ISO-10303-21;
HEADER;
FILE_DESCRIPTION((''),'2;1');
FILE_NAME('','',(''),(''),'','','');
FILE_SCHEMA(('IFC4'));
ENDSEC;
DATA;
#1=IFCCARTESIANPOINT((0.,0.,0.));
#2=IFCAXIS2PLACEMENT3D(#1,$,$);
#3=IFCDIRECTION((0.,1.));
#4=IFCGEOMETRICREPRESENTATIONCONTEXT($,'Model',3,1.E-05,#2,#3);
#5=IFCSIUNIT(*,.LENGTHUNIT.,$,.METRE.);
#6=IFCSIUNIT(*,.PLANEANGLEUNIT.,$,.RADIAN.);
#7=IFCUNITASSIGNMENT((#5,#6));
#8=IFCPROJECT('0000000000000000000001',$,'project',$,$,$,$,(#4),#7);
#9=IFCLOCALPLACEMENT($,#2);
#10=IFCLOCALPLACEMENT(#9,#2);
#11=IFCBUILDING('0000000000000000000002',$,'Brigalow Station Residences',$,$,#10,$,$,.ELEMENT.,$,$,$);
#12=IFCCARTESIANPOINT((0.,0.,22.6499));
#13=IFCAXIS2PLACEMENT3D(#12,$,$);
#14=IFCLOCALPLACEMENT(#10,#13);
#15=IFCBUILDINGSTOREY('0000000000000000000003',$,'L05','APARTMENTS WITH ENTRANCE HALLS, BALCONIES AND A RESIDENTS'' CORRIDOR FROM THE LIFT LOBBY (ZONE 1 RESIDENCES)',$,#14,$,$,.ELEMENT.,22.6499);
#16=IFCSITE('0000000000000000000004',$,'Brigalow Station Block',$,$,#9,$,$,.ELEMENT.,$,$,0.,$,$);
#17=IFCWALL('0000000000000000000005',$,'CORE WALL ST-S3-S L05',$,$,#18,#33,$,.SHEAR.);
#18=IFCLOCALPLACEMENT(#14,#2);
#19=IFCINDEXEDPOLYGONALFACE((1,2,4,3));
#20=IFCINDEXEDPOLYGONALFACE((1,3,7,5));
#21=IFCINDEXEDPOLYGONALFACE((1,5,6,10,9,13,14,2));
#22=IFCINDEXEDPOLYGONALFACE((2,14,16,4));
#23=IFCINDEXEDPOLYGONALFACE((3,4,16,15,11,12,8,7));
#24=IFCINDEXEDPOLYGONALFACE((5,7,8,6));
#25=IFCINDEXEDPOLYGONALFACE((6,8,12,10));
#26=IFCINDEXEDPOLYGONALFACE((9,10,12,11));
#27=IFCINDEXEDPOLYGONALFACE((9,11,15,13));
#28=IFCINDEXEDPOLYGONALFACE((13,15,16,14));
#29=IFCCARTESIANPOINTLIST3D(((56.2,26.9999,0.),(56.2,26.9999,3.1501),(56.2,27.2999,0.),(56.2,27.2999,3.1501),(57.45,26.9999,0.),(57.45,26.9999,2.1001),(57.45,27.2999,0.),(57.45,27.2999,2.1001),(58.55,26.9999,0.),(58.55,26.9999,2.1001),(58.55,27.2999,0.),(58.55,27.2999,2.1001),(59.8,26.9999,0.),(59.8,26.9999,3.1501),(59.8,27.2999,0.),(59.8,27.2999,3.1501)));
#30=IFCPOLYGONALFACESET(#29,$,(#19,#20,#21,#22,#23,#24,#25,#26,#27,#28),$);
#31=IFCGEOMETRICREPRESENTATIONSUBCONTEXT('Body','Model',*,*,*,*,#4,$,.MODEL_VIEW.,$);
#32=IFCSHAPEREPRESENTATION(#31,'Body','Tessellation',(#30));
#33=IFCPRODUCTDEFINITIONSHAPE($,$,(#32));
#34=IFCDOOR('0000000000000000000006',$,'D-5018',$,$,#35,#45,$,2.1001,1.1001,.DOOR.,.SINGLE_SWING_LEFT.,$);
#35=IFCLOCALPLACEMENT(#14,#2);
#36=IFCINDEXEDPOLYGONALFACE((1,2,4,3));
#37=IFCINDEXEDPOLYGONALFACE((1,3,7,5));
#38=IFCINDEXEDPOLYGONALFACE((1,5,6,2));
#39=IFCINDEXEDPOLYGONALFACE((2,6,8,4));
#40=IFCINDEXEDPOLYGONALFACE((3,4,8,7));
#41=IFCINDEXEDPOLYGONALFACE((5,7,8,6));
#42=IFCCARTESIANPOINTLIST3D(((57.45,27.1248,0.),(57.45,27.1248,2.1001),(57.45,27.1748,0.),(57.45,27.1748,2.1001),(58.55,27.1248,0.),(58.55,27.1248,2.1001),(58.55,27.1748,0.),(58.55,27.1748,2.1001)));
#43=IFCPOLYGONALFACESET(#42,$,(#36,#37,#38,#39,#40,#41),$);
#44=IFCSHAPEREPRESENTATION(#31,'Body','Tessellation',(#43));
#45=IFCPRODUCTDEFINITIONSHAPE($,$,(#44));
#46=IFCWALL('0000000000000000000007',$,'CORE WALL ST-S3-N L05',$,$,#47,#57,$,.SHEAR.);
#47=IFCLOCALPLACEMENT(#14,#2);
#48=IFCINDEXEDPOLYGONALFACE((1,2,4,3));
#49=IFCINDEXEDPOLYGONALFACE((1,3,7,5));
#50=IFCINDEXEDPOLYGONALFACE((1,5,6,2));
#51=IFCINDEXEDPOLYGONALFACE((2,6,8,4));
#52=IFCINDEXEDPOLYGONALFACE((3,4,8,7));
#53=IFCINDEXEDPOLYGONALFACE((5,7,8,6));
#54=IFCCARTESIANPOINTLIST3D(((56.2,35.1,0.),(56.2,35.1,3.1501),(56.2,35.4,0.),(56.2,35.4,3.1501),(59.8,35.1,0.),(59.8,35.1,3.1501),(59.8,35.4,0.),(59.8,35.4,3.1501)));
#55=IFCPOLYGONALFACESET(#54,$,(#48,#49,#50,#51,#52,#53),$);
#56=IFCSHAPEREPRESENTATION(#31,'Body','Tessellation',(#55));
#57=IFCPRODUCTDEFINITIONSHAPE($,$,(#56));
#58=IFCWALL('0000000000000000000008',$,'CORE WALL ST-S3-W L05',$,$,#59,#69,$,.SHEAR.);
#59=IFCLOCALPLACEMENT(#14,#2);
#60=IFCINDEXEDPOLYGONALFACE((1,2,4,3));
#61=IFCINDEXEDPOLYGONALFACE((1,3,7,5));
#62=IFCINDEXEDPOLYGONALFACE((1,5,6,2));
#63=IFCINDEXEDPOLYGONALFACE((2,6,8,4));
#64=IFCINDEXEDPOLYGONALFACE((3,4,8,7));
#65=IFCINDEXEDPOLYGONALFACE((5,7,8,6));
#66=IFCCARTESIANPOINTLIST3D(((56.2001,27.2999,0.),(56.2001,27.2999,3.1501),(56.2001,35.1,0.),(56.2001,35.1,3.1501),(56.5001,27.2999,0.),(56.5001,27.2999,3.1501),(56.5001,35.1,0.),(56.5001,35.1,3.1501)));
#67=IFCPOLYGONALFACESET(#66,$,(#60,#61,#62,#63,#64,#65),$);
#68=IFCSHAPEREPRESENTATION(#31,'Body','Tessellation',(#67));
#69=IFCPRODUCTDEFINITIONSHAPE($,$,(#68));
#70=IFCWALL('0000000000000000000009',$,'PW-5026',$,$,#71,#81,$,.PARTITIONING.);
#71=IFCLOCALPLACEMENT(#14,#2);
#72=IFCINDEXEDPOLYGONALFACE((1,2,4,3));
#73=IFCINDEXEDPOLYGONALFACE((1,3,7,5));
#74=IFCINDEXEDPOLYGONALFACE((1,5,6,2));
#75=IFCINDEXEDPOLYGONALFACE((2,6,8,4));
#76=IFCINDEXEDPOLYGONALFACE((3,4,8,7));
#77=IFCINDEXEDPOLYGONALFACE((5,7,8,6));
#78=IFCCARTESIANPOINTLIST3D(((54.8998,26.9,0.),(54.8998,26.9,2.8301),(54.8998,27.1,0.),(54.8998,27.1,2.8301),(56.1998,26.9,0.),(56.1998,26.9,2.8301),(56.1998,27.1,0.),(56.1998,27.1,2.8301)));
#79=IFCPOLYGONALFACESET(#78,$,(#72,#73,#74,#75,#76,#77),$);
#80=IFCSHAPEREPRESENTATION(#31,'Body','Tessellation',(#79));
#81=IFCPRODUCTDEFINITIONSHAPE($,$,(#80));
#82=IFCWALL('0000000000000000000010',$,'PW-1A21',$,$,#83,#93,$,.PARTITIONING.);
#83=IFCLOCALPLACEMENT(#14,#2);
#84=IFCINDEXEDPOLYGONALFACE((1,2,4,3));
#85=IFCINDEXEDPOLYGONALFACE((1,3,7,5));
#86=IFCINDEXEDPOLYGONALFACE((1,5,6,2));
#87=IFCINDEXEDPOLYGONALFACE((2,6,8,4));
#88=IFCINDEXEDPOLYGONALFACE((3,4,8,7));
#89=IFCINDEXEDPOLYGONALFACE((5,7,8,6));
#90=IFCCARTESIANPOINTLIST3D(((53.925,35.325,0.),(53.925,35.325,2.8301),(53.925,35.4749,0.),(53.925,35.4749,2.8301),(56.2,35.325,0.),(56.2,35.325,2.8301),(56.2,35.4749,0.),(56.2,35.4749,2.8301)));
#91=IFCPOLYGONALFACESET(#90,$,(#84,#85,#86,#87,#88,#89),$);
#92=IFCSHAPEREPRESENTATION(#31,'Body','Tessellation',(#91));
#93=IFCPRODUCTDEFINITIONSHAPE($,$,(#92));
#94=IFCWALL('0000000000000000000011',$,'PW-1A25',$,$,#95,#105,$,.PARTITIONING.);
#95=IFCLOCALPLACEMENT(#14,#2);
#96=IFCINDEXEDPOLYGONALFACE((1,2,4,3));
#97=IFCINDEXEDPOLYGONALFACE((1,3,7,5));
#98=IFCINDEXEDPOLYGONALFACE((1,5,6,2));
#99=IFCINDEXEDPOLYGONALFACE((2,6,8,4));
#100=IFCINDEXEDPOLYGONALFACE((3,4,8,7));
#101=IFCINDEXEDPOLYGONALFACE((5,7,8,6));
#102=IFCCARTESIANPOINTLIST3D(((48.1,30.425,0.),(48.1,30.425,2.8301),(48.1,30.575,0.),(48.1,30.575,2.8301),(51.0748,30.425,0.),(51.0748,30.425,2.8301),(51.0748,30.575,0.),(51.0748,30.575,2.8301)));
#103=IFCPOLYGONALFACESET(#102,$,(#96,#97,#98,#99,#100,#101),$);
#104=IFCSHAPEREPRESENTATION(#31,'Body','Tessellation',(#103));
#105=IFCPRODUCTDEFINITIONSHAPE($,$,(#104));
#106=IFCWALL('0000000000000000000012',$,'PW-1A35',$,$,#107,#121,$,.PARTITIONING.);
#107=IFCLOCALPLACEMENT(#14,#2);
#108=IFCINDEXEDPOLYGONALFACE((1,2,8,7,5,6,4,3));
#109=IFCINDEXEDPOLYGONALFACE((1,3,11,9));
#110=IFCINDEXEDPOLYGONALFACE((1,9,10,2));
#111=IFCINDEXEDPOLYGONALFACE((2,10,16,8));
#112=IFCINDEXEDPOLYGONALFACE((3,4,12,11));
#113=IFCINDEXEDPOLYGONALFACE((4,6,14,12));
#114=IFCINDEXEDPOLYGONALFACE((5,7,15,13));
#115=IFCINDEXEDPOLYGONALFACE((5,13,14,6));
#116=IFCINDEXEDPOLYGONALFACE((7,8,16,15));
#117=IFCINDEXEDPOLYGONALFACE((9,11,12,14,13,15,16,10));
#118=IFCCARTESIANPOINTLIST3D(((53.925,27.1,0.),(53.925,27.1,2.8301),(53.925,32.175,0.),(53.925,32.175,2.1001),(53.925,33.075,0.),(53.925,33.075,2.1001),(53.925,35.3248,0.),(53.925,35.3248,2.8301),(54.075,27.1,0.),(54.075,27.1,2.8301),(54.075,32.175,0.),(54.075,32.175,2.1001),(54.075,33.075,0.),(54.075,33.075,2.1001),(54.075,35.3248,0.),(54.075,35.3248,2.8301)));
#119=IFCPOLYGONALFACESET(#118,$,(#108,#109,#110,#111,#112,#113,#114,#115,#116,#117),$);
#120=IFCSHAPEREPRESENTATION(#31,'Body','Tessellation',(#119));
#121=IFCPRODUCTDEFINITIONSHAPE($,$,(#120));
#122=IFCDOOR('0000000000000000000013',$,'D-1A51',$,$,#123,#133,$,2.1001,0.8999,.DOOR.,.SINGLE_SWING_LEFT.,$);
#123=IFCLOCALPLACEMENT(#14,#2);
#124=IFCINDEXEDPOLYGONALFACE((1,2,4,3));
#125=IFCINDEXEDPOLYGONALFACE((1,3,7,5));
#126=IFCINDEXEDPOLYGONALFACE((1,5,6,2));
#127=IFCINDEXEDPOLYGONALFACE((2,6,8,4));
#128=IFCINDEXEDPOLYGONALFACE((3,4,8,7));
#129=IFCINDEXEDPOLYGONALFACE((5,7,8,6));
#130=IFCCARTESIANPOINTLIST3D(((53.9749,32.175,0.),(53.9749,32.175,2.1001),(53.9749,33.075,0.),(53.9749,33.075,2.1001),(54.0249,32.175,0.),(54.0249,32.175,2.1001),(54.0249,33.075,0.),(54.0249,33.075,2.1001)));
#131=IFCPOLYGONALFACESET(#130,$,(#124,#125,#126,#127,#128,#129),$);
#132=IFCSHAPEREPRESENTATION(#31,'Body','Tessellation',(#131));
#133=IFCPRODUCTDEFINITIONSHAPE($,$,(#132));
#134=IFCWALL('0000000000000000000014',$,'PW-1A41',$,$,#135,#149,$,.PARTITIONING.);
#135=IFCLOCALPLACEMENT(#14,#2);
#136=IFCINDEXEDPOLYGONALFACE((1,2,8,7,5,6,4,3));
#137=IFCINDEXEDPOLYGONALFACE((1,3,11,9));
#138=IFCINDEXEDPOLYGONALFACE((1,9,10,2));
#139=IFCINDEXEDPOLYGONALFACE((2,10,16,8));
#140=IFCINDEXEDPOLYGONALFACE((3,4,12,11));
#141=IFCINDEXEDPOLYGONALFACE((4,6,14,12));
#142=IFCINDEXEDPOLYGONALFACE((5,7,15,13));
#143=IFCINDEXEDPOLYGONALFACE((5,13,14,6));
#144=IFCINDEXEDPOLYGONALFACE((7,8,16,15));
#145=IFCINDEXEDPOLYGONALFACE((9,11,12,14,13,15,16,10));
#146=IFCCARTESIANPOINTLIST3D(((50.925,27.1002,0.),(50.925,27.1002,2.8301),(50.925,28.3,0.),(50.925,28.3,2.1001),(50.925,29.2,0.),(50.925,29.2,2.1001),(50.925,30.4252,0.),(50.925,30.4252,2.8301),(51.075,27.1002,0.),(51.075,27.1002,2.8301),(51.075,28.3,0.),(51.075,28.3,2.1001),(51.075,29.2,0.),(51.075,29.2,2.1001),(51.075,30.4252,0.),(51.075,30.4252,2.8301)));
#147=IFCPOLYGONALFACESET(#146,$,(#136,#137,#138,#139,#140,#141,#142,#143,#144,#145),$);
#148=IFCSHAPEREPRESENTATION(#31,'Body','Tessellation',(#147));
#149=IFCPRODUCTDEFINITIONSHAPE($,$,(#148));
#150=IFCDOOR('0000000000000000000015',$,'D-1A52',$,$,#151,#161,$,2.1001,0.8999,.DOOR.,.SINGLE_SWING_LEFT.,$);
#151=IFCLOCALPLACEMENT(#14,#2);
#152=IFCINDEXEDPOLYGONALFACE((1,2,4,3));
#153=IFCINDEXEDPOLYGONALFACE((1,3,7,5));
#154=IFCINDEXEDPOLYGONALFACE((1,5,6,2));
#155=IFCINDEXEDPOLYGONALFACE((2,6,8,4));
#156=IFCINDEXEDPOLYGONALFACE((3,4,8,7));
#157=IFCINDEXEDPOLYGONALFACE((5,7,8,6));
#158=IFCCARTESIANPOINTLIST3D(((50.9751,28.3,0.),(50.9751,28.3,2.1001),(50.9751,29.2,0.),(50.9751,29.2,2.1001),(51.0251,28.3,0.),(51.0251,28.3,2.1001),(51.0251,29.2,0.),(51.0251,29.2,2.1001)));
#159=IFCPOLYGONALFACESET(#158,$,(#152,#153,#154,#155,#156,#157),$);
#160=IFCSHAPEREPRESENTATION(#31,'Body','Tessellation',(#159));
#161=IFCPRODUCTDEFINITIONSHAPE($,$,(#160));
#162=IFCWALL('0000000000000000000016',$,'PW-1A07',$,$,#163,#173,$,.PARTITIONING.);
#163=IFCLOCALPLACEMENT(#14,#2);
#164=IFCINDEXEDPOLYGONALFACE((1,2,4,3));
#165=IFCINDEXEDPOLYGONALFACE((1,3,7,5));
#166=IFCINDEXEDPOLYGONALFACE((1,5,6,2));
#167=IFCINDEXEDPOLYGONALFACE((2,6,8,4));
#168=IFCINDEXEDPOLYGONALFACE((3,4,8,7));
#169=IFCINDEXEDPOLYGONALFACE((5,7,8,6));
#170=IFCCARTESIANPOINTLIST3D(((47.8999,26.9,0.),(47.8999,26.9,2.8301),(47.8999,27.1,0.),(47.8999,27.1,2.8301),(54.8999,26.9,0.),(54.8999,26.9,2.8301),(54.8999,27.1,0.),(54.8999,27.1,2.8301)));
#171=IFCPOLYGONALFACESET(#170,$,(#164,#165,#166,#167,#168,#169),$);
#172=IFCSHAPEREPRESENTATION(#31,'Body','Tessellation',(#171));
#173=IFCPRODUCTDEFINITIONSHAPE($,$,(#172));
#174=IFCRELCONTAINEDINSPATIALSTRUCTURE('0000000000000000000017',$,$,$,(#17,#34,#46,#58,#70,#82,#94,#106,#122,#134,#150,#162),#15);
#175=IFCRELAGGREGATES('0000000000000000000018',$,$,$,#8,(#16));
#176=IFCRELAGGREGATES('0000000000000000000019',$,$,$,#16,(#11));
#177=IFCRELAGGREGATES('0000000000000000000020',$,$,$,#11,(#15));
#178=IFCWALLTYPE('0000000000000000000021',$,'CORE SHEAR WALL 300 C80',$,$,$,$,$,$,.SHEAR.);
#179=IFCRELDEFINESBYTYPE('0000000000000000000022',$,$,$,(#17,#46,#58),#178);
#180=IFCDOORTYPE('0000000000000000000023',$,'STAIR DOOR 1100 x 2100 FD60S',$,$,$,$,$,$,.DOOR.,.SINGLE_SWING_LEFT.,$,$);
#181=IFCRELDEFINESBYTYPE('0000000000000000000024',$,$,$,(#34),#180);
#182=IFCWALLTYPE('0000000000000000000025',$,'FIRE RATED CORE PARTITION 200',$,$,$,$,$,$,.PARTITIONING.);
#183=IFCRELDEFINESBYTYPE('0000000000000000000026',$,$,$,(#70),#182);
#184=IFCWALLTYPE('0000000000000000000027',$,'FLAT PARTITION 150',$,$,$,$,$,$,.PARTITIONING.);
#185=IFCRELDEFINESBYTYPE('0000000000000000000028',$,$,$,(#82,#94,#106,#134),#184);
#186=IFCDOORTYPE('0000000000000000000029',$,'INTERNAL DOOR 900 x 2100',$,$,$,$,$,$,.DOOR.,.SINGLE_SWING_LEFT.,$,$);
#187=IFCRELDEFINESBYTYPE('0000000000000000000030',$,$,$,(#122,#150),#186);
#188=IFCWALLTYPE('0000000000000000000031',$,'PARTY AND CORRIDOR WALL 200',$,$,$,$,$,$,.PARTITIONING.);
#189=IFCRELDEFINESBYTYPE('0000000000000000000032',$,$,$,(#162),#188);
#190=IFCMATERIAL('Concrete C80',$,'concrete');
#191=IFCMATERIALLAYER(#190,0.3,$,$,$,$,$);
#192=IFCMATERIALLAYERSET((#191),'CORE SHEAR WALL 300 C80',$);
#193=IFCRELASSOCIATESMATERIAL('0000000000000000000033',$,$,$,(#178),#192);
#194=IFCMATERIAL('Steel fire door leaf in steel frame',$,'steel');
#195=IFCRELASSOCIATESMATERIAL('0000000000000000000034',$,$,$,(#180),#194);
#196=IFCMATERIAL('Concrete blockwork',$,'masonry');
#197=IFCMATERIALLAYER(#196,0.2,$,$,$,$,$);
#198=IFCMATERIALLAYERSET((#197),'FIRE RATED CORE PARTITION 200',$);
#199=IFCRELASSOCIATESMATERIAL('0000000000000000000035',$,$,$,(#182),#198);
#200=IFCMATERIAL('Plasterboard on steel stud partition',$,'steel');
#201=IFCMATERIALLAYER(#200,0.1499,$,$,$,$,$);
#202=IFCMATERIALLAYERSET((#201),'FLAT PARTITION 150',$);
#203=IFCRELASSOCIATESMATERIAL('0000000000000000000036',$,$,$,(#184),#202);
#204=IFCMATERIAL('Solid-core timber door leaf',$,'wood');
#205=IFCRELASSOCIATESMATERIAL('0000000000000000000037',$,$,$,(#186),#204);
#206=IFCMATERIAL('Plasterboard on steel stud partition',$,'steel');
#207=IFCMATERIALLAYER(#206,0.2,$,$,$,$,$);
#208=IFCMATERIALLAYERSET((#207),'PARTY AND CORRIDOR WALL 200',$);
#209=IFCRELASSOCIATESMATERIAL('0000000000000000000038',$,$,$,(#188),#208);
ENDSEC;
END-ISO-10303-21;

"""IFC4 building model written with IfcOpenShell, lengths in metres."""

from ifc_helpers import new_model, si_unit, direction, frame, frame_2d, origin, place, context, subcontext, project, spatial, rectangle, extrude, material, layer, layer_set, type_object, element, fill, save


model = new_model("IFC4")

# Units and contexts
model_context = context("Model", 3, precision=1e-05, world=origin(), true_north=direction((0.0, 1.0)))
body_context = subcontext(model_context, "Body", "Model", "MODEL_VIEW")
ifc_project = project(units=[si_unit("LENGTHUNIT", "METRE"), si_unit("PLANEANGLEUNIT", "RADIAN")], contexts=[model_context])

# Site, building, storey
site_placement = place(None, origin())
site = spatial("IfcSite", under=ifc_project, at=site_placement, Name="Brigalow Station Block", CompositionType="ELEMENT", RefElevation=0.0)
building_placement = place(site_placement, origin())
building = spatial("IfcBuilding", under=site, at=building_placement, Name="Brigalow Station Residences", CompositionType="ELEMENT")
storey_placement = place(building_placement, frame((0.0, 0.0, 22.6499)))
storey = spatial("IfcBuildingStorey", under=building, at=storey_placement, Name="L05", Description="APARTMENTS WITH ENTRANCE HALLS, BALCONIES AND A RESIDENTS' CORRIDOR FROM THE LIFT LOBBY (ZONE 1 RESIDENCES)", CompositionType="ELEMENT", Elevation=22.6499)

# Wall, opening, door
ifc_material_1 = material(Name="Concrete C80", Category="concrete")
ifc_layer_1 = layer(ifc_material_1, 0.3)
ifc_layer_set_1 = layer_set([ifc_layer_1], Name="CORE SHEAR WALL 300 C80")
wall_type_1 = type_object("IfcWallType", Name="CORE SHEAR WALL 300 C80", PredefinedType="SHEAR", material=ifc_layer_set_1)
wall_1_placement = place(storey_placement, frame((56.2, 27.1499, 0.0), z_axis=(0.0, 0.0, 1.0), x_axis=(1.0, 0.0, 0.0)))
wall_1 = element("IfcWall", 1, at=wall_1_placement, inside=storey, type_object=wall_type_1, Name="CORE WALL ST-S3-S L05", PredefinedType="SHEAR", context=body_context, shape_type="SweptSolid", body=[
    extrude(rectangle(XDim=3.6001, YDim=0.3, at=frame_2d((1.8, 0.0))), origin(), (0.0, 0.0, 1.0), 3.1501),
])
opening_1_placement = place(wall_1_placement, frame((1.25, 0.0, 0.0)))
opening_1 = element("IfcOpeningElement", 2, at=opening_1_placement, cuts=wall_1, PredefinedType="OPENING", context=body_context, shape_type="SweptSolid", body=[
    extrude(rectangle(XDim=1.1001, YDim=2.1001, at=frame_2d((0.55, 1.05))), frame((0.0, 0.1602, 0.0), z_axis=(0.0, -1.0, 0.0), x_axis=(1.0, 0.0, 0.0)), (0.0, 0.0, 1.0), 0.3201),
])
ifc_material_2 = material(Name="Steel fire door leaf in steel frame", Category="steel")
door_type_1 = type_object("IfcDoorType", Name="STAIR DOOR 1100 x 2100 FD60S", OperationType="SINGLE_SWING_LEFT", PredefinedType="DOOR", material=ifc_material_2)
door_1_placement = place(opening_1_placement, origin())
door_1 = element("IfcDoor", 3, at=door_1_placement, inside=storey, type_object=door_type_1, Name="D-5018", OperationType="SINGLE_SWING_LEFT", OverallHeight=2.1001, OverallWidth=1.1001, PredefinedType="DOOR", context=body_context, shape_type="SweptSolid", body=[
    extrude(rectangle(XDim=1.1001, YDim=2.1001, at=frame_2d((0.55, 1.05))), frame((0.0, 0.0249, 0.0), z_axis=(0.0, -1.0, 0.0), x_axis=(1.0, 0.0, 0.0)), (0.0, 0.0, 1.0), 0.05),
])
fill(opening_1, door_1)

# Walls
wall_2_placement = place(storey_placement, frame((56.2, 35.25, 0.0), z_axis=(0.0, 0.0, 1.0), x_axis=(1.0, 0.0, 0.0)))
element("IfcWall", 4, at=wall_2_placement, inside=storey, type_object=wall_type_1, Name="CORE WALL ST-S3-N L05", PredefinedType="SHEAR", context=body_context, shape_type="SweptSolid", body=[
    extrude(rectangle(XDim=3.6001, YDim=0.3, at=frame_2d((1.8, 0.0))), origin(), (0.0, 0.0, 1.0), 3.1501),
])
wall_3_placement = place(storey_placement, frame((56.3501, 27.3, 0.0), z_axis=(0.0, 0.0, 1.0), x_axis=(0.0, 1.0, 0.0)))
element("IfcWall", 5, at=wall_3_placement, inside=storey, type_object=wall_type_1, Name="CORE WALL ST-S3-W L05", PredefinedType="SHEAR", context=body_context, shape_type="SweptSolid", body=[
    extrude(rectangle(XDim=7.8, YDim=0.3, at=frame_2d((3.8999, 0.0))), origin(), (0.0, 0.0, 1.0), 3.1501),
])
ifc_material_3 = material(Name="Concrete blockwork", Category="masonry")
ifc_layer_2 = layer(ifc_material_3, 0.2)
ifc_layer_set_2 = layer_set([ifc_layer_2], Name="FIRE RATED CORE PARTITION 200")
wall_type_2 = type_object("IfcWallType", Name="FIRE RATED CORE PARTITION 200", PredefinedType="PARTITIONING", material=ifc_layer_set_2)
wall_4_placement = place(storey_placement, frame((54.8999, 27.0, 0.0), z_axis=(0.0, 0.0, 1.0), x_axis=(1.0, 0.0, 0.0)))
element("IfcWall", 6, at=wall_4_placement, inside=storey, type_object=wall_type_2, Name="PW-5026", PredefinedType="PARTITIONING", context=body_context, shape_type="SweptSolid", body=[
    extrude(rectangle(XDim=1.3, YDim=0.2, at=frame_2d((0.6499, 0.0))), origin(), (0.0, 0.0, 1.0), 2.8301),
])
ifc_material_4 = material(Name="Plasterboard on steel stud partition", Category="steel")
ifc_layer_3 = layer(ifc_material_4, 0.1499)
ifc_layer_set_3 = layer_set([ifc_layer_3], Name="FLAT PARTITION 150")
wall_type_3 = type_object("IfcWallType", Name="FLAT PARTITION 150", PredefinedType="PARTITIONING", material=ifc_layer_set_3)
wall_5_placement = place(storey_placement, frame((53.925, 35.3999, 0.0), z_axis=(0.0, 0.0, 1.0), x_axis=(1.0, 0.0, 0.0)))
element("IfcWall", 7, at=wall_5_placement, inside=storey, type_object=wall_type_3, Name="PW-1A21", PredefinedType="PARTITIONING", context=body_context, shape_type="SweptSolid", body=[
    extrude(rectangle(XDim=2.2749, YDim=0.1499, at=frame_2d((1.1375, 0.0))), origin(), (0.0, 0.0, 1.0), 2.8301),
])
wall_6_placement = place(storey_placement, frame((48.1001, 30.5, 0.0), z_axis=(0.0, 0.0, 1.0), x_axis=(1.0, 0.0, 0.0)))
element("IfcWall", 8, at=wall_6_placement, inside=storey, type_object=wall_type_3, Name="PW-1A25", PredefinedType="PARTITIONING", context=body_context, shape_type="SweptSolid", body=[
    extrude(rectangle(XDim=2.9749, YDim=0.1499, at=frame_2d((1.4873, 0.0))), origin(), (0.0, 0.0, 1.0), 2.8301),
])

# Walls, openings, doors
wall_7_placement = place(storey_placement, frame((54.0, 27.1001, 0.0), z_axis=(0.0, 0.0, 1.0), x_axis=(0.0, 1.0, 0.0)))
wall_7 = element("IfcWall", 9, at=wall_7_placement, inside=storey, type_object=wall_type_3, Name="PW-1A35", PredefinedType="PARTITIONING", context=body_context, shape_type="SweptSolid", body=[
    extrude(rectangle(XDim=8.2249, YDim=0.1499, at=frame_2d((4.1123, 0.0))), origin(), (0.0, 0.0, 1.0), 2.8301),
])
opening_2_placement = place(wall_7_placement, frame((5.075, 0.0, 0.0)))
opening_2 = element("IfcOpeningElement", 10, at=opening_2_placement, cuts=wall_7, PredefinedType="OPENING", context=body_context, shape_type="SweptSolid", body=[
    extrude(rectangle(XDim=0.8999, YDim=2.1001, at=frame_2d((0.45, 1.05))), frame((0.0, 0.085, 0.0), z_axis=(0.0, -1.0, 0.0), x_axis=(1.0, 0.0, 0.0)), (0.0, 0.0, 1.0), 0.1699),
])
ifc_material_5 = material(Name="Solid-core timber door leaf", Category="wood")
door_type_2 = type_object("IfcDoorType", Name="INTERNAL DOOR 900 x 2100", OperationType="SINGLE_SWING_LEFT", PredefinedType="DOOR", material=ifc_material_5)
door_2_placement = place(opening_2_placement, frame((0.8999, 0.0, 0.0), z_axis=(0.0, 0.0, 1.0), x_axis=(-1.0, 0.0, 0.0)))
door_2 = element("IfcDoor", 11, at=door_2_placement, inside=storey, type_object=door_type_2, Name="D-1A51", OperationType="SINGLE_SWING_LEFT", OverallHeight=2.1001, OverallWidth=0.8999, PredefinedType="DOOR", context=body_context, shape_type="SweptSolid", body=[
    extrude(rectangle(XDim=0.8999, YDim=2.1001, at=frame_2d((0.45, 1.05))), frame((0.0, 0.0249, 0.0), z_axis=(0.0, -1.0, 0.0), x_axis=(1.0, 0.0, 0.0)), (0.0, 0.0, 1.0), 0.05),
])
fill(opening_2, door_2)
wall_8_placement = place(storey_placement, frame((51.0, 27.1001, 0.0), z_axis=(0.0, 0.0, 1.0), x_axis=(0.0, 1.0, 0.0)))
wall_8 = element("IfcWall", 12, at=wall_8_placement, inside=storey, type_object=wall_type_3, Name="PW-1A41", PredefinedType="PARTITIONING", context=body_context, shape_type="SweptSolid", body=[
    extrude(rectangle(XDim=3.325, YDim=0.1499, at=frame_2d((1.6626, 0.0))), origin(), (0.0, 0.0, 1.0), 2.8301),
])
opening_3_placement = place(wall_8_placement, frame((1.2, 0.0, 0.0)))
opening_3 = element("IfcOpeningElement", 13, at=opening_3_placement, cuts=wall_8, PredefinedType="OPENING", context=body_context, shape_type="SweptSolid", body=[
    extrude(rectangle(XDim=0.8999, YDim=2.1001, at=frame_2d((0.45, 1.05))), frame((0.0, 0.085, 0.0), z_axis=(0.0, -1.0, 0.0), x_axis=(1.0, 0.0, 0.0)), (0.0, 0.0, 1.0), 0.1699),
])
door_3_placement = place(opening_3_placement, origin())
door_3 = element("IfcDoor", 14, at=door_3_placement, inside=storey, type_object=door_type_2, Name="D-1A52", OperationType="SINGLE_SWING_LEFT", OverallHeight=2.1001, OverallWidth=0.8999, PredefinedType="DOOR", context=body_context, shape_type="SweptSolid", body=[
    extrude(rectangle(XDim=0.8999, YDim=2.1001, at=frame_2d((0.45, 1.05))), frame((0.0, 0.0249, 0.0), z_axis=(0.0, -1.0, 0.0), x_axis=(1.0, 0.0, 0.0)), (0.0, 0.0, 1.0), 0.05),
])
fill(opening_3, door_3)

# Wall
ifc_material_6 = material(Name="Plasterboard on steel stud partition", Category="steel")
ifc_layer_4 = layer(ifc_material_6, 0.2)
ifc_layer_set_4 = layer_set([ifc_layer_4], Name="PARTY AND CORRIDOR WALL 200")
wall_type_4 = type_object("IfcWallType", Name="PARTY AND CORRIDOR WALL 200", PredefinedType="PARTITIONING", material=ifc_layer_set_4)
wall_9_placement = place(storey_placement, frame((47.8999, 27.0, 0.0), z_axis=(0.0, 0.0, 1.0), x_axis=(1.0, 0.0, 0.0)))
element("IfcWall", 15, at=wall_9_placement, inside=storey, type_object=wall_type_4, Name="PW-1A07", PredefinedType="PARTITIONING", context=body_context, shape_type="SweptSolid", body=[
    extrude(rectangle(XDim=7.0, YDim=0.2, at=frame_2d((3.5, 0.0))), origin(), (0.0, 0.0, 1.0), 2.8301),
])

save(model, "model.ifc")
